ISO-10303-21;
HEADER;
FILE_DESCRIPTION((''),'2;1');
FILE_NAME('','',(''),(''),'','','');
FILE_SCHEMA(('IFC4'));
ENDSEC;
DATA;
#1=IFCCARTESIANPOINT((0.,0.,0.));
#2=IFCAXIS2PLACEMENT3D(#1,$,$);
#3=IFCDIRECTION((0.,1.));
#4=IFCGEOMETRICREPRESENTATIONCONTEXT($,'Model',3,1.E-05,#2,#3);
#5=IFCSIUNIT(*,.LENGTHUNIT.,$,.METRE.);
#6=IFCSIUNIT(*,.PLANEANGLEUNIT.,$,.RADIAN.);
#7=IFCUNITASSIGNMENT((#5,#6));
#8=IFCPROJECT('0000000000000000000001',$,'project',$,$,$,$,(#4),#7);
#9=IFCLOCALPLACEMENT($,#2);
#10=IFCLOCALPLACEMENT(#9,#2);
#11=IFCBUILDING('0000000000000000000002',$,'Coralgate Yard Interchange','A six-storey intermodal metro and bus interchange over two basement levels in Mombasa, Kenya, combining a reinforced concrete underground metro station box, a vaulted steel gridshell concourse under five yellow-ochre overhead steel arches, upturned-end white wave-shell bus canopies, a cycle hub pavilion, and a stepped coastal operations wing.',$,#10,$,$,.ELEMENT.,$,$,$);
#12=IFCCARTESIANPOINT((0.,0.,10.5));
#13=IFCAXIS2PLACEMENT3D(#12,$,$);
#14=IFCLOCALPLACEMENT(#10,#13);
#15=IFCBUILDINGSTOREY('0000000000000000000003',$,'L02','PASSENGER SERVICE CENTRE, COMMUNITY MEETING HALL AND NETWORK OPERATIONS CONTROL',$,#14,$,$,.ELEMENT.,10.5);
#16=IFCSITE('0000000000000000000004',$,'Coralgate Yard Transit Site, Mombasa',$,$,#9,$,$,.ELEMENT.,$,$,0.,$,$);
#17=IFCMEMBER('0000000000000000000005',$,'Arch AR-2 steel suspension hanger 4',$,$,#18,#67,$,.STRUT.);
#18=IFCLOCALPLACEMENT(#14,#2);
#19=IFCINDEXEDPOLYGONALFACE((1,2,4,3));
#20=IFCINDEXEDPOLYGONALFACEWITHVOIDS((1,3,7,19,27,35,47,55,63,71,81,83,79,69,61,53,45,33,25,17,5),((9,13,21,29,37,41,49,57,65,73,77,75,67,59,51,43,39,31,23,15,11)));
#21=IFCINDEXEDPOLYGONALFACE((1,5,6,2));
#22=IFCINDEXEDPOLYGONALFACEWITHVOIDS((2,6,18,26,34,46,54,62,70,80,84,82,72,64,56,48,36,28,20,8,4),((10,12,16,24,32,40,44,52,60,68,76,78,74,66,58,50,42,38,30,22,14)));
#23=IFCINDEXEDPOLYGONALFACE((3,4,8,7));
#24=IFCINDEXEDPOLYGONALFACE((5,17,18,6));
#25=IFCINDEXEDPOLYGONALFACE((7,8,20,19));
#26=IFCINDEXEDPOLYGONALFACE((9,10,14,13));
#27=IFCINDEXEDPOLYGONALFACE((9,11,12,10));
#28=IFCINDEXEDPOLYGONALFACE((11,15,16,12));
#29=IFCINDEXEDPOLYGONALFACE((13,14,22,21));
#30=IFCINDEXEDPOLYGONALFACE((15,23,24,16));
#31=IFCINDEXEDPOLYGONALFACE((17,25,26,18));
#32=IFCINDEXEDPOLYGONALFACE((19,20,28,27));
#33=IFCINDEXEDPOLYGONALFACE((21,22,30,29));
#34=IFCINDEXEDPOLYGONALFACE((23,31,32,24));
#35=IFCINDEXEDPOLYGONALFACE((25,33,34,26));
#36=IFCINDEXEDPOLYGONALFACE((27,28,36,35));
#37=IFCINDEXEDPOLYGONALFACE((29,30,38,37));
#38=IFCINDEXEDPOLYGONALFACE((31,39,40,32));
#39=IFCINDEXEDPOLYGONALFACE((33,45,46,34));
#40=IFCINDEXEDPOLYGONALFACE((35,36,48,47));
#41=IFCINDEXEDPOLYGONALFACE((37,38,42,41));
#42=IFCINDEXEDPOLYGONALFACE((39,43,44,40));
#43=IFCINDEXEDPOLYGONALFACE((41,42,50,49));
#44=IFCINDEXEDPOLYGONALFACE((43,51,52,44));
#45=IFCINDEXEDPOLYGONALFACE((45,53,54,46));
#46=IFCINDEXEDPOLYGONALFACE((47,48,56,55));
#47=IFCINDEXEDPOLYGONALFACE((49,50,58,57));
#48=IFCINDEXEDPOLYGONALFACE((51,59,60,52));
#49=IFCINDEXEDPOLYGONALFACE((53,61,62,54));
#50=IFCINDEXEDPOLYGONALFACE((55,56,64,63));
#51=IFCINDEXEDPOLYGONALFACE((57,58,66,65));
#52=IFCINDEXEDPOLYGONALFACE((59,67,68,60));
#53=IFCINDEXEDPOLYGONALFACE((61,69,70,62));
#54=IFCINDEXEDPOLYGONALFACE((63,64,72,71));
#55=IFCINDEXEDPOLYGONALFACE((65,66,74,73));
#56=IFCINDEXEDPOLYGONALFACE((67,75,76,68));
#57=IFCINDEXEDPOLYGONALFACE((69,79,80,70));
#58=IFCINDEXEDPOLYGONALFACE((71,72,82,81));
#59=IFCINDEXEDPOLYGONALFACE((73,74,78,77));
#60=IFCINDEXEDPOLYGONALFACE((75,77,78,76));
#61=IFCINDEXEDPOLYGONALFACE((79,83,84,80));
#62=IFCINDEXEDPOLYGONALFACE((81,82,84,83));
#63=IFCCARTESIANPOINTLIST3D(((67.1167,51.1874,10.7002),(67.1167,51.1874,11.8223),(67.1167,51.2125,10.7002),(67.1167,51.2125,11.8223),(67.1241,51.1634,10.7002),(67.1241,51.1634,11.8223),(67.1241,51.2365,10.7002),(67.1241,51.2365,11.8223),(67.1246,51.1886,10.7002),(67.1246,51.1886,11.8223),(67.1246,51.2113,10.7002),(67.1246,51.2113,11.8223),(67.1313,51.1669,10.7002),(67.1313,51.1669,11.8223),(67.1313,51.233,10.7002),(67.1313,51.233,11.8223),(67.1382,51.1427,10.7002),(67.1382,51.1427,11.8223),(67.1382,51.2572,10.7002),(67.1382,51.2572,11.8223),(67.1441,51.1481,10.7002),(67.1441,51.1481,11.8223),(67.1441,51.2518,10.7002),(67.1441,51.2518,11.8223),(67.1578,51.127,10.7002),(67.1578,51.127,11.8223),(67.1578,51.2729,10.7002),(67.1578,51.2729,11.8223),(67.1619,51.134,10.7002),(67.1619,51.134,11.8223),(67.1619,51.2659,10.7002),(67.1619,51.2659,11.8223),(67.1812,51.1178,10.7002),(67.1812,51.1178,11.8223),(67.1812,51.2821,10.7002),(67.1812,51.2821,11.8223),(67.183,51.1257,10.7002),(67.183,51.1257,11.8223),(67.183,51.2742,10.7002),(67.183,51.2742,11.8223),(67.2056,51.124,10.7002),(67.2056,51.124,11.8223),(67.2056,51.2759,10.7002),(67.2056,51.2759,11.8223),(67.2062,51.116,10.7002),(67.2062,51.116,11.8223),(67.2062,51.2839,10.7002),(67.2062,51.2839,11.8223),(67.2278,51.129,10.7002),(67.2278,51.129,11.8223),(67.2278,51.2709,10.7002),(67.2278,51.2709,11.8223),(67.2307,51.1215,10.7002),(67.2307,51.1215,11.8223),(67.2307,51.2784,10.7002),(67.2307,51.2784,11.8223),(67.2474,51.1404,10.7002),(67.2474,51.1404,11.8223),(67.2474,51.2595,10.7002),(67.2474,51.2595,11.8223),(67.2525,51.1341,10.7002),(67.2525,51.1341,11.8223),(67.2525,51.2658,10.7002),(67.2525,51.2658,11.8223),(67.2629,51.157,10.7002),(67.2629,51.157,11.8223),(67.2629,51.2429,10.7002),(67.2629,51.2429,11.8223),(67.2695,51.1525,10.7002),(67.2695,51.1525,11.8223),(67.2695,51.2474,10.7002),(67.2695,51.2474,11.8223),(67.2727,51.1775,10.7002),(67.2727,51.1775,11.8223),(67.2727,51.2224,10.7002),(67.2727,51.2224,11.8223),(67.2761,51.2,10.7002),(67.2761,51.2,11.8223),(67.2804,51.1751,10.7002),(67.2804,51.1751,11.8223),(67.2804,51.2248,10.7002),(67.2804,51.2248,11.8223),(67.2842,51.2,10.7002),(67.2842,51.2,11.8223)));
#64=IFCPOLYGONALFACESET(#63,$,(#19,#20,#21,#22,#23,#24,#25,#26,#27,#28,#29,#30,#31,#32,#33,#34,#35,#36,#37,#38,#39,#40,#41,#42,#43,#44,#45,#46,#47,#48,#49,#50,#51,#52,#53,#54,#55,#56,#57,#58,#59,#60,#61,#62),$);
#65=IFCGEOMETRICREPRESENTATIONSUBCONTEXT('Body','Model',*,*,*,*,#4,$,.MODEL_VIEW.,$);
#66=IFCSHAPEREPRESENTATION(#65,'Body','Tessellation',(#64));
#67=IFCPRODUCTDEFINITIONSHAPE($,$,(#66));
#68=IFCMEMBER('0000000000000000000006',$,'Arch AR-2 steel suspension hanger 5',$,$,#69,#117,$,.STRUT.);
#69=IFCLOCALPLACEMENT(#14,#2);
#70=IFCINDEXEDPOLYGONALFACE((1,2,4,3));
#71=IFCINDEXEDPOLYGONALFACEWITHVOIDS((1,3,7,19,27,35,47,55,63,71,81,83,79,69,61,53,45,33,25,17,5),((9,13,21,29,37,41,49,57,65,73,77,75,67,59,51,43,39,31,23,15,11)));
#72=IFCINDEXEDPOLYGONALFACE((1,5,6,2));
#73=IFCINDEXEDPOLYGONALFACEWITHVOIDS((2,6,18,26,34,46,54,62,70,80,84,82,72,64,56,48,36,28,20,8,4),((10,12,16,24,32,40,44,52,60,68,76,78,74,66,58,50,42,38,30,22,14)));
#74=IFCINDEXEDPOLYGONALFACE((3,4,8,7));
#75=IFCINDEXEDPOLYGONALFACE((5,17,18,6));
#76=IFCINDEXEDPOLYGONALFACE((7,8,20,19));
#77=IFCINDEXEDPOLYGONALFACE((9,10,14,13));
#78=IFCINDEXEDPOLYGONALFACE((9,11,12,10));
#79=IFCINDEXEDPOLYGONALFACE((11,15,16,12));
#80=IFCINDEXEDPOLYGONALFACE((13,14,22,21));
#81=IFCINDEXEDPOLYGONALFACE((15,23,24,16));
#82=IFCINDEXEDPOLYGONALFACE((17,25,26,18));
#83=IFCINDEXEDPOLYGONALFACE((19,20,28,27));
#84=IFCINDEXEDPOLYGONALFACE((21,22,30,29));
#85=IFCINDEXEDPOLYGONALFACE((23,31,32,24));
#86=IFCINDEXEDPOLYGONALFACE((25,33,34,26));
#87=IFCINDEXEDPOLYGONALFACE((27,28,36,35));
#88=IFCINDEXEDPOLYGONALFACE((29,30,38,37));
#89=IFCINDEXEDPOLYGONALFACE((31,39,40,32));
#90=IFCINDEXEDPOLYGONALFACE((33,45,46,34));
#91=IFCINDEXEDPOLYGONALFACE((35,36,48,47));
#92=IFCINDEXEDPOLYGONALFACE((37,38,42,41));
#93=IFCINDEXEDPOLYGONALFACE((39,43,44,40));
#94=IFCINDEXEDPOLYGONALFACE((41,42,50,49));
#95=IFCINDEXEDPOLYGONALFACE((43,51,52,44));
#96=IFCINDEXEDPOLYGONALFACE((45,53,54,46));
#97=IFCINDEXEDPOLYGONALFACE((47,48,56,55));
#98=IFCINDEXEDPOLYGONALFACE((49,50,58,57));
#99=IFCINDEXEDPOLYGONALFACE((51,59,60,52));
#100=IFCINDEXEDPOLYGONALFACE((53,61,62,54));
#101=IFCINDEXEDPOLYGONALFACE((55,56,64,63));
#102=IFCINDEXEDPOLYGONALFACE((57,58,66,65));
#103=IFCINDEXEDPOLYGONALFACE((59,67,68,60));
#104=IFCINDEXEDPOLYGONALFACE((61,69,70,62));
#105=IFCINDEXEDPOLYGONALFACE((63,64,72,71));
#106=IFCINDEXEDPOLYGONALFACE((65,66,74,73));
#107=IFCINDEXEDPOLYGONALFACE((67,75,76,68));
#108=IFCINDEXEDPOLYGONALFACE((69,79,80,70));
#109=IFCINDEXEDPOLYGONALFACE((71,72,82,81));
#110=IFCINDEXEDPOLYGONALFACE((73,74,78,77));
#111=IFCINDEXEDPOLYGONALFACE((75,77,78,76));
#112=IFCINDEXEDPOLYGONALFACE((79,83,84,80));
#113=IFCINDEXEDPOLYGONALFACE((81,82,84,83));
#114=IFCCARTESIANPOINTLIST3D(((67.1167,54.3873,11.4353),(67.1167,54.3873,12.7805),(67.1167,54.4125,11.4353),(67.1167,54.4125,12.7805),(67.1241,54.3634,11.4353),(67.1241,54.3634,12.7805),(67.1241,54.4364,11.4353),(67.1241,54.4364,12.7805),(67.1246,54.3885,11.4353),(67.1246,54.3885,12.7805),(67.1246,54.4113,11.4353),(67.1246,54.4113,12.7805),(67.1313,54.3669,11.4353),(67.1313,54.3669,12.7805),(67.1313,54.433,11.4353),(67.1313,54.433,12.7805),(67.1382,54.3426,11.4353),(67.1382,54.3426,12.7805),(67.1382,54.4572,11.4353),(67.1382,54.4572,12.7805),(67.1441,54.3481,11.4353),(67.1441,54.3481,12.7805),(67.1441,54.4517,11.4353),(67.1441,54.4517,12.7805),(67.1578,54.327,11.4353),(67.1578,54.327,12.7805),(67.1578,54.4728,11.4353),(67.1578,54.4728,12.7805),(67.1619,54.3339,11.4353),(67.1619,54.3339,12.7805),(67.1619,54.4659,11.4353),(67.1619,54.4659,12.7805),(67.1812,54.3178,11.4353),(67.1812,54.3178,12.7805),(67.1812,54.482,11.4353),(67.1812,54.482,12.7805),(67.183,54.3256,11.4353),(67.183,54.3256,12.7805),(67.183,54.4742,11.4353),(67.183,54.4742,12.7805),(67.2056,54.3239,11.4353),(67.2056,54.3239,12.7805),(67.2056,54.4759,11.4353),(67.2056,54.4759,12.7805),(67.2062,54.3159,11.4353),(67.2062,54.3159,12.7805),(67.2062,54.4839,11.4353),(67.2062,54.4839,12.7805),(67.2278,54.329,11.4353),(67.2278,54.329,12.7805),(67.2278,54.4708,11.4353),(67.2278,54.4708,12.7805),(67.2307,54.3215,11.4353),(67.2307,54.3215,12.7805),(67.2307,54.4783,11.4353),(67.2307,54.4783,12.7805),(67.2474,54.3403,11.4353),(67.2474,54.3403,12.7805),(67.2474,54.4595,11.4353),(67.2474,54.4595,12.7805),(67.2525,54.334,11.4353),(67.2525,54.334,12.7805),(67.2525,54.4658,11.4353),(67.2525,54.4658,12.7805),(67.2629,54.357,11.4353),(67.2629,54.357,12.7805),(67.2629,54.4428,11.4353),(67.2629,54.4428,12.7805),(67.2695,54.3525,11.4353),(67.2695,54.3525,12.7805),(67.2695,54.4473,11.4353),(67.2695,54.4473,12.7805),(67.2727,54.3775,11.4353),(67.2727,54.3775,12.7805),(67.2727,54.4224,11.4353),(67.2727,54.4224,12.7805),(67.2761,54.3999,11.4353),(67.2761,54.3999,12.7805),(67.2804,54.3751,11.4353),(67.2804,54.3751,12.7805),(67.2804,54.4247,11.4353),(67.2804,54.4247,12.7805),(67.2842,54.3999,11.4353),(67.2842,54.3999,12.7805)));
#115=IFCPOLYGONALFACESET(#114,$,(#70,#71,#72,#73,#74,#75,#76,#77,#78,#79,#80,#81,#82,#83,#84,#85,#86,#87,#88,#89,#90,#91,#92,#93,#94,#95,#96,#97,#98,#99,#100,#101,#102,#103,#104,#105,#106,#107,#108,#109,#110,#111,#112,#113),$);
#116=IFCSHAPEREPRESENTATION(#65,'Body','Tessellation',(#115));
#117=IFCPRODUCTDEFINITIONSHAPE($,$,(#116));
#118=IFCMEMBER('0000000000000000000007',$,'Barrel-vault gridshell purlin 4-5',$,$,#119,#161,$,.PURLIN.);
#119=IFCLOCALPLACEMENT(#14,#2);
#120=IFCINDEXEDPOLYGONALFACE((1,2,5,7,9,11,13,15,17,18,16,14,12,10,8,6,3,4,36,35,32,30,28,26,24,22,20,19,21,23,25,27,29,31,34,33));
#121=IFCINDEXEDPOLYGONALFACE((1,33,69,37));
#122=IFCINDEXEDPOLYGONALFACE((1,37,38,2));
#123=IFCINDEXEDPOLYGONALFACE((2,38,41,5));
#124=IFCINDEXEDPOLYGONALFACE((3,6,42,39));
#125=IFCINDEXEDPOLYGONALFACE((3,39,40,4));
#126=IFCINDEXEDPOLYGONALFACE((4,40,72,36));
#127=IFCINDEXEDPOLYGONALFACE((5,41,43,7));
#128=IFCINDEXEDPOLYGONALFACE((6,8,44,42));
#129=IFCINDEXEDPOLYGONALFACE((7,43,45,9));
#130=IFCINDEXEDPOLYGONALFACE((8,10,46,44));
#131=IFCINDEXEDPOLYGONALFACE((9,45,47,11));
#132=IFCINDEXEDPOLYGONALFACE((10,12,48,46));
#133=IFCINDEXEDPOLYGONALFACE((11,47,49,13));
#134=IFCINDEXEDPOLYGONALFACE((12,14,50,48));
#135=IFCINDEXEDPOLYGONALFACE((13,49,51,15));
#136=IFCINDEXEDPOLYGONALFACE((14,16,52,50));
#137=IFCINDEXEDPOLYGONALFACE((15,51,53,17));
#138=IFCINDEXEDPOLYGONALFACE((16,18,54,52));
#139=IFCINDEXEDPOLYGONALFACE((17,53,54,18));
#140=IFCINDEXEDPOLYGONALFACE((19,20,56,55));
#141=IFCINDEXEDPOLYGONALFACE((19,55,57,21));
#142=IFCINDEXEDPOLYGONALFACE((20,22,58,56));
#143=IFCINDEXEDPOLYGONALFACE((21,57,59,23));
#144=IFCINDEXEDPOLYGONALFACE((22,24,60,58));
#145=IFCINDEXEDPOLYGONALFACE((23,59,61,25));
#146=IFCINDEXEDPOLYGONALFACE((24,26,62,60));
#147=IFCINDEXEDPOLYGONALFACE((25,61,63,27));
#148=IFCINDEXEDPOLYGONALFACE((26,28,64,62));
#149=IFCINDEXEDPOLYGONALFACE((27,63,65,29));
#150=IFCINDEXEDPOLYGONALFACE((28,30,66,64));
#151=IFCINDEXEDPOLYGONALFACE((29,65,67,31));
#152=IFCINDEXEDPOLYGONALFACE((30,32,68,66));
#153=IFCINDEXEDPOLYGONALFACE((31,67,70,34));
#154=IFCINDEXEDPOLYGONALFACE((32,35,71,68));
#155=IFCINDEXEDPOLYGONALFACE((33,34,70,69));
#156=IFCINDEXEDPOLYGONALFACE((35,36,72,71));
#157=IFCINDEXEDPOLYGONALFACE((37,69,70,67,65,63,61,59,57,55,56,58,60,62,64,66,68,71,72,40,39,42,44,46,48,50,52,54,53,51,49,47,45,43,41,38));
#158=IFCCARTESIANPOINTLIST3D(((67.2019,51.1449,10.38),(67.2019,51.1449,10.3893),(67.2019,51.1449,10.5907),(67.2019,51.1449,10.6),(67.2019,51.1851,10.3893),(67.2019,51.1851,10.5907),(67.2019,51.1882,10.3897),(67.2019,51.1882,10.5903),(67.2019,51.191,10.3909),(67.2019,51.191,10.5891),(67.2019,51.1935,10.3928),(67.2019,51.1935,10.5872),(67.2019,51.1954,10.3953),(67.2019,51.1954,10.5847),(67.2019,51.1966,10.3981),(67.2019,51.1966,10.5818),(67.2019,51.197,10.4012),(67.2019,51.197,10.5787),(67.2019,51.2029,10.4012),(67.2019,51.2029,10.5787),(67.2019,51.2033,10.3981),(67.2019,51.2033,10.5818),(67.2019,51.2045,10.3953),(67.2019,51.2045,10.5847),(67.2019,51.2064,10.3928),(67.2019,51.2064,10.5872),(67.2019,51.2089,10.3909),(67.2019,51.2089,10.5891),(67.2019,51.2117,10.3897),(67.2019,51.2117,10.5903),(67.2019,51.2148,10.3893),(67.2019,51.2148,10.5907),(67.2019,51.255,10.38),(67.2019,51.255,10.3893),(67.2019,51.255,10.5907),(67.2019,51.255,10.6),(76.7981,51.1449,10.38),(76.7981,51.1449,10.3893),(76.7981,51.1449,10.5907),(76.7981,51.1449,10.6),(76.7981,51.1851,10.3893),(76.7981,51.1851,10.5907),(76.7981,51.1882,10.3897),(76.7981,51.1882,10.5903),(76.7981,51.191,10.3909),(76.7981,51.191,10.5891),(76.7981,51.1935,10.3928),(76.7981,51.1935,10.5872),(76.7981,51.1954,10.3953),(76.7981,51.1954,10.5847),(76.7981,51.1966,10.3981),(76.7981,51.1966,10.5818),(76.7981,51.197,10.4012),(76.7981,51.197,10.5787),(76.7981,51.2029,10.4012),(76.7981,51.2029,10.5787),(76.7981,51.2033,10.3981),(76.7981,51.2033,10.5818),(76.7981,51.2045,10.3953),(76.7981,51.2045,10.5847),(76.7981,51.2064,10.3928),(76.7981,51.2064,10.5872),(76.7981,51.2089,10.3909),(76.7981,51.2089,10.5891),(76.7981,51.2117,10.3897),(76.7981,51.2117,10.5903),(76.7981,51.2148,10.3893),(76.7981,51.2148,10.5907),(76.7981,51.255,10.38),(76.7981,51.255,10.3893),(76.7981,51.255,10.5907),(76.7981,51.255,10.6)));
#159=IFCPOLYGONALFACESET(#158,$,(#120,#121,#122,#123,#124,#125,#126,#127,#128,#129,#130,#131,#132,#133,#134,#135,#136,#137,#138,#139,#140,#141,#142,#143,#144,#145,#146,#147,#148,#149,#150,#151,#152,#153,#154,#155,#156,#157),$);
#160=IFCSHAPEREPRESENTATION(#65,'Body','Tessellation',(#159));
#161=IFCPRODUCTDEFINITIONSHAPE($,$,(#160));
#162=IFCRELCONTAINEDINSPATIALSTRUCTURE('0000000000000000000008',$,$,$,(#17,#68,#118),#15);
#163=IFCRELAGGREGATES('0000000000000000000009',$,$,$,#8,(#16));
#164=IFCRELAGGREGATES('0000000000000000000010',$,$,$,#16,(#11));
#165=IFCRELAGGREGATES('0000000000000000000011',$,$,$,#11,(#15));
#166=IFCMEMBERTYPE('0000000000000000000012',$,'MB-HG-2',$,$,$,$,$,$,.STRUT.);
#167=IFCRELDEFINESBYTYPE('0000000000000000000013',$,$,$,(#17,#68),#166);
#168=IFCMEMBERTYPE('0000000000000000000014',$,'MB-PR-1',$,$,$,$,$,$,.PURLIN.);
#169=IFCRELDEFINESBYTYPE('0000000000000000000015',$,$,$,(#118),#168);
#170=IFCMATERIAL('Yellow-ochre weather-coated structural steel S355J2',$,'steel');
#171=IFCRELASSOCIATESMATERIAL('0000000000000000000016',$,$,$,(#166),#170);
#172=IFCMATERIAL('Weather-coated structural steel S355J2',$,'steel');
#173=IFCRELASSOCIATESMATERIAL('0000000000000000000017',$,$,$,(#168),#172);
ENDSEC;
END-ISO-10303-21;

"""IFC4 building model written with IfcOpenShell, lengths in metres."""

from ifc_helpers import new_model, si_unit, direction, frame, origin, origin_2d, place, context, subcontext, project, spatial, hollow_circle, i_section, extrude, material, material_profile, profile_set, type_object, element, save


model = new_model("IFC4")

# Units and contexts
model_context = context("Model", 3, precision=1e-05, world=origin(), true_north=direction((0.0, 1.0)))
body_context = subcontext(model_context, "Body", "Model", "MODEL_VIEW")
ifc_project = project(units=[si_unit("LENGTHUNIT", "METRE"), si_unit("PLANEANGLEUNIT", "RADIAN")], contexts=[model_context])

# Site, building, storey
site_placement = place(None, origin())
site = spatial("IfcSite", under=ifc_project, at=site_placement, Name="Coralgate Yard Transit Site, Mombasa", CompositionType="ELEMENT", RefElevation=0.0)
building_placement = place(site_placement, origin())
building = spatial("IfcBuilding", under=site, at=building_placement, Name="Coralgate Yard Interchange", Description="A six-storey intermodal metro and bus interchange over two basement levels in Mombasa, Kenya, combining a reinforced concrete underground metro station box, a vaulted steel gridshell concourse under five yellow-ochre overhead steel arches, upturned-end white wave-shell bus canopies, a cycle hub pavilion, and a stepped coastal operations wing.", CompositionType="ELEMENT")
storey_placement = place(building_placement, frame((0.0, 0.0, 10.5)))
storey = spatial("IfcBuildingStorey", under=building, at=storey_placement, Name="L02", Description="PASSENGER SERVICE CENTRE, COMMUNITY MEETING HALL AND NETWORK OPERATIONS CONTROL", CompositionType="ELEMENT", Elevation=10.5)

# Shared definitions
ifc_material_1 = material(Name="Yellow-ochre weather-coated structural steel S355J2", Category="steel")
ifc_material_2 = material(Name="Weather-coated structural steel S355J2", Category="steel")

# Members
ifc_material_profile_1 = material_profile(ifc_material_1, hollow_circle(Radius=0.0842, WallThickness=0.0081, at=origin_2d()), Name="CHS 168.3x8")
ifc_profile_set_1 = profile_set([ifc_material_profile_1], Name="Yellow-ochre weather-coated structural steel S355J2")
member_type_1 = type_object("IfcMemberType", Name="MB-HG-2", PredefinedType="STRUT", material=ifc_profile_set_1)
member_1_placement = place(storey_placement, frame((67.2, 51.2, 10.7002), z_axis=(0.0, 0.0, 1.0), x_axis=(1.0, 0.0, 0.0)))
element("IfcMember", 1, at=member_1_placement, inside=storey, type_object=member_type_1, Name="Arch AR-2 steel suspension hanger 4", PredefinedType="STRUT", context=body_context, shape_type="SweptSolid", body=[
    extrude(hollow_circle(Radius=0.0842, WallThickness=0.0081, at=origin_2d()), origin(), (0.0, 0.0, 1.0), 1.1221),
])
member_2_placement = place(storey_placement, frame((67.2, 54.3999, 11.4353), z_axis=(0.0, 0.0, 1.0), x_axis=(1.0, 0.0, 0.0)))
element("IfcMember", 2, at=member_2_placement, inside=storey, type_object=member_type_1, Name="Arch AR-2 steel suspension hanger 5", PredefinedType="STRUT", context=body_context, shape_type="SweptSolid", body=[
    extrude(hollow_circle(Radius=0.0842, WallThickness=0.0081, at=origin_2d()), origin(), (0.0, 0.0, 1.0), 1.3452),
])
ifc_material_profile_2 = material_profile(ifc_material_2, i_section(OverallWidth=0.1101, OverallDepth=0.22, WebThickness=0.0059, FlangeThickness=0.0093, FilletRadius=0.012, at=origin_2d()), Name="IPE 220")
ifc_profile_set_2 = profile_set([ifc_material_profile_2], Name="Weather-coated structural steel S355J2")
member_type_2 = type_object("IfcMemberType", Name="MB-PR-1", PredefinedType="PURLIN", material=ifc_profile_set_2)
member_3_placement = place(storey_placement, frame((67.2019, 51.2, 10.49), z_axis=(1.0, 0.0, 0.0), x_axis=(0.0, 1.0, 0.0)))
element("IfcMember", 3, at=member_3_placement, inside=storey, type_object=member_type_2, Name="Barrel-vault gridshell purlin 4-5", PredefinedType="PURLIN", context=body_context, shape_type="SweptSolid", body=[
    extrude(i_section(OverallWidth=0.1101, OverallDepth=0.22, WebThickness=0.0059, FlangeThickness=0.0093, FilletRadius=0.012, at=origin_2d()), origin(), (0.0, 0.0, 1.0), 9.5962),
])

save(model, "model.ifc")
